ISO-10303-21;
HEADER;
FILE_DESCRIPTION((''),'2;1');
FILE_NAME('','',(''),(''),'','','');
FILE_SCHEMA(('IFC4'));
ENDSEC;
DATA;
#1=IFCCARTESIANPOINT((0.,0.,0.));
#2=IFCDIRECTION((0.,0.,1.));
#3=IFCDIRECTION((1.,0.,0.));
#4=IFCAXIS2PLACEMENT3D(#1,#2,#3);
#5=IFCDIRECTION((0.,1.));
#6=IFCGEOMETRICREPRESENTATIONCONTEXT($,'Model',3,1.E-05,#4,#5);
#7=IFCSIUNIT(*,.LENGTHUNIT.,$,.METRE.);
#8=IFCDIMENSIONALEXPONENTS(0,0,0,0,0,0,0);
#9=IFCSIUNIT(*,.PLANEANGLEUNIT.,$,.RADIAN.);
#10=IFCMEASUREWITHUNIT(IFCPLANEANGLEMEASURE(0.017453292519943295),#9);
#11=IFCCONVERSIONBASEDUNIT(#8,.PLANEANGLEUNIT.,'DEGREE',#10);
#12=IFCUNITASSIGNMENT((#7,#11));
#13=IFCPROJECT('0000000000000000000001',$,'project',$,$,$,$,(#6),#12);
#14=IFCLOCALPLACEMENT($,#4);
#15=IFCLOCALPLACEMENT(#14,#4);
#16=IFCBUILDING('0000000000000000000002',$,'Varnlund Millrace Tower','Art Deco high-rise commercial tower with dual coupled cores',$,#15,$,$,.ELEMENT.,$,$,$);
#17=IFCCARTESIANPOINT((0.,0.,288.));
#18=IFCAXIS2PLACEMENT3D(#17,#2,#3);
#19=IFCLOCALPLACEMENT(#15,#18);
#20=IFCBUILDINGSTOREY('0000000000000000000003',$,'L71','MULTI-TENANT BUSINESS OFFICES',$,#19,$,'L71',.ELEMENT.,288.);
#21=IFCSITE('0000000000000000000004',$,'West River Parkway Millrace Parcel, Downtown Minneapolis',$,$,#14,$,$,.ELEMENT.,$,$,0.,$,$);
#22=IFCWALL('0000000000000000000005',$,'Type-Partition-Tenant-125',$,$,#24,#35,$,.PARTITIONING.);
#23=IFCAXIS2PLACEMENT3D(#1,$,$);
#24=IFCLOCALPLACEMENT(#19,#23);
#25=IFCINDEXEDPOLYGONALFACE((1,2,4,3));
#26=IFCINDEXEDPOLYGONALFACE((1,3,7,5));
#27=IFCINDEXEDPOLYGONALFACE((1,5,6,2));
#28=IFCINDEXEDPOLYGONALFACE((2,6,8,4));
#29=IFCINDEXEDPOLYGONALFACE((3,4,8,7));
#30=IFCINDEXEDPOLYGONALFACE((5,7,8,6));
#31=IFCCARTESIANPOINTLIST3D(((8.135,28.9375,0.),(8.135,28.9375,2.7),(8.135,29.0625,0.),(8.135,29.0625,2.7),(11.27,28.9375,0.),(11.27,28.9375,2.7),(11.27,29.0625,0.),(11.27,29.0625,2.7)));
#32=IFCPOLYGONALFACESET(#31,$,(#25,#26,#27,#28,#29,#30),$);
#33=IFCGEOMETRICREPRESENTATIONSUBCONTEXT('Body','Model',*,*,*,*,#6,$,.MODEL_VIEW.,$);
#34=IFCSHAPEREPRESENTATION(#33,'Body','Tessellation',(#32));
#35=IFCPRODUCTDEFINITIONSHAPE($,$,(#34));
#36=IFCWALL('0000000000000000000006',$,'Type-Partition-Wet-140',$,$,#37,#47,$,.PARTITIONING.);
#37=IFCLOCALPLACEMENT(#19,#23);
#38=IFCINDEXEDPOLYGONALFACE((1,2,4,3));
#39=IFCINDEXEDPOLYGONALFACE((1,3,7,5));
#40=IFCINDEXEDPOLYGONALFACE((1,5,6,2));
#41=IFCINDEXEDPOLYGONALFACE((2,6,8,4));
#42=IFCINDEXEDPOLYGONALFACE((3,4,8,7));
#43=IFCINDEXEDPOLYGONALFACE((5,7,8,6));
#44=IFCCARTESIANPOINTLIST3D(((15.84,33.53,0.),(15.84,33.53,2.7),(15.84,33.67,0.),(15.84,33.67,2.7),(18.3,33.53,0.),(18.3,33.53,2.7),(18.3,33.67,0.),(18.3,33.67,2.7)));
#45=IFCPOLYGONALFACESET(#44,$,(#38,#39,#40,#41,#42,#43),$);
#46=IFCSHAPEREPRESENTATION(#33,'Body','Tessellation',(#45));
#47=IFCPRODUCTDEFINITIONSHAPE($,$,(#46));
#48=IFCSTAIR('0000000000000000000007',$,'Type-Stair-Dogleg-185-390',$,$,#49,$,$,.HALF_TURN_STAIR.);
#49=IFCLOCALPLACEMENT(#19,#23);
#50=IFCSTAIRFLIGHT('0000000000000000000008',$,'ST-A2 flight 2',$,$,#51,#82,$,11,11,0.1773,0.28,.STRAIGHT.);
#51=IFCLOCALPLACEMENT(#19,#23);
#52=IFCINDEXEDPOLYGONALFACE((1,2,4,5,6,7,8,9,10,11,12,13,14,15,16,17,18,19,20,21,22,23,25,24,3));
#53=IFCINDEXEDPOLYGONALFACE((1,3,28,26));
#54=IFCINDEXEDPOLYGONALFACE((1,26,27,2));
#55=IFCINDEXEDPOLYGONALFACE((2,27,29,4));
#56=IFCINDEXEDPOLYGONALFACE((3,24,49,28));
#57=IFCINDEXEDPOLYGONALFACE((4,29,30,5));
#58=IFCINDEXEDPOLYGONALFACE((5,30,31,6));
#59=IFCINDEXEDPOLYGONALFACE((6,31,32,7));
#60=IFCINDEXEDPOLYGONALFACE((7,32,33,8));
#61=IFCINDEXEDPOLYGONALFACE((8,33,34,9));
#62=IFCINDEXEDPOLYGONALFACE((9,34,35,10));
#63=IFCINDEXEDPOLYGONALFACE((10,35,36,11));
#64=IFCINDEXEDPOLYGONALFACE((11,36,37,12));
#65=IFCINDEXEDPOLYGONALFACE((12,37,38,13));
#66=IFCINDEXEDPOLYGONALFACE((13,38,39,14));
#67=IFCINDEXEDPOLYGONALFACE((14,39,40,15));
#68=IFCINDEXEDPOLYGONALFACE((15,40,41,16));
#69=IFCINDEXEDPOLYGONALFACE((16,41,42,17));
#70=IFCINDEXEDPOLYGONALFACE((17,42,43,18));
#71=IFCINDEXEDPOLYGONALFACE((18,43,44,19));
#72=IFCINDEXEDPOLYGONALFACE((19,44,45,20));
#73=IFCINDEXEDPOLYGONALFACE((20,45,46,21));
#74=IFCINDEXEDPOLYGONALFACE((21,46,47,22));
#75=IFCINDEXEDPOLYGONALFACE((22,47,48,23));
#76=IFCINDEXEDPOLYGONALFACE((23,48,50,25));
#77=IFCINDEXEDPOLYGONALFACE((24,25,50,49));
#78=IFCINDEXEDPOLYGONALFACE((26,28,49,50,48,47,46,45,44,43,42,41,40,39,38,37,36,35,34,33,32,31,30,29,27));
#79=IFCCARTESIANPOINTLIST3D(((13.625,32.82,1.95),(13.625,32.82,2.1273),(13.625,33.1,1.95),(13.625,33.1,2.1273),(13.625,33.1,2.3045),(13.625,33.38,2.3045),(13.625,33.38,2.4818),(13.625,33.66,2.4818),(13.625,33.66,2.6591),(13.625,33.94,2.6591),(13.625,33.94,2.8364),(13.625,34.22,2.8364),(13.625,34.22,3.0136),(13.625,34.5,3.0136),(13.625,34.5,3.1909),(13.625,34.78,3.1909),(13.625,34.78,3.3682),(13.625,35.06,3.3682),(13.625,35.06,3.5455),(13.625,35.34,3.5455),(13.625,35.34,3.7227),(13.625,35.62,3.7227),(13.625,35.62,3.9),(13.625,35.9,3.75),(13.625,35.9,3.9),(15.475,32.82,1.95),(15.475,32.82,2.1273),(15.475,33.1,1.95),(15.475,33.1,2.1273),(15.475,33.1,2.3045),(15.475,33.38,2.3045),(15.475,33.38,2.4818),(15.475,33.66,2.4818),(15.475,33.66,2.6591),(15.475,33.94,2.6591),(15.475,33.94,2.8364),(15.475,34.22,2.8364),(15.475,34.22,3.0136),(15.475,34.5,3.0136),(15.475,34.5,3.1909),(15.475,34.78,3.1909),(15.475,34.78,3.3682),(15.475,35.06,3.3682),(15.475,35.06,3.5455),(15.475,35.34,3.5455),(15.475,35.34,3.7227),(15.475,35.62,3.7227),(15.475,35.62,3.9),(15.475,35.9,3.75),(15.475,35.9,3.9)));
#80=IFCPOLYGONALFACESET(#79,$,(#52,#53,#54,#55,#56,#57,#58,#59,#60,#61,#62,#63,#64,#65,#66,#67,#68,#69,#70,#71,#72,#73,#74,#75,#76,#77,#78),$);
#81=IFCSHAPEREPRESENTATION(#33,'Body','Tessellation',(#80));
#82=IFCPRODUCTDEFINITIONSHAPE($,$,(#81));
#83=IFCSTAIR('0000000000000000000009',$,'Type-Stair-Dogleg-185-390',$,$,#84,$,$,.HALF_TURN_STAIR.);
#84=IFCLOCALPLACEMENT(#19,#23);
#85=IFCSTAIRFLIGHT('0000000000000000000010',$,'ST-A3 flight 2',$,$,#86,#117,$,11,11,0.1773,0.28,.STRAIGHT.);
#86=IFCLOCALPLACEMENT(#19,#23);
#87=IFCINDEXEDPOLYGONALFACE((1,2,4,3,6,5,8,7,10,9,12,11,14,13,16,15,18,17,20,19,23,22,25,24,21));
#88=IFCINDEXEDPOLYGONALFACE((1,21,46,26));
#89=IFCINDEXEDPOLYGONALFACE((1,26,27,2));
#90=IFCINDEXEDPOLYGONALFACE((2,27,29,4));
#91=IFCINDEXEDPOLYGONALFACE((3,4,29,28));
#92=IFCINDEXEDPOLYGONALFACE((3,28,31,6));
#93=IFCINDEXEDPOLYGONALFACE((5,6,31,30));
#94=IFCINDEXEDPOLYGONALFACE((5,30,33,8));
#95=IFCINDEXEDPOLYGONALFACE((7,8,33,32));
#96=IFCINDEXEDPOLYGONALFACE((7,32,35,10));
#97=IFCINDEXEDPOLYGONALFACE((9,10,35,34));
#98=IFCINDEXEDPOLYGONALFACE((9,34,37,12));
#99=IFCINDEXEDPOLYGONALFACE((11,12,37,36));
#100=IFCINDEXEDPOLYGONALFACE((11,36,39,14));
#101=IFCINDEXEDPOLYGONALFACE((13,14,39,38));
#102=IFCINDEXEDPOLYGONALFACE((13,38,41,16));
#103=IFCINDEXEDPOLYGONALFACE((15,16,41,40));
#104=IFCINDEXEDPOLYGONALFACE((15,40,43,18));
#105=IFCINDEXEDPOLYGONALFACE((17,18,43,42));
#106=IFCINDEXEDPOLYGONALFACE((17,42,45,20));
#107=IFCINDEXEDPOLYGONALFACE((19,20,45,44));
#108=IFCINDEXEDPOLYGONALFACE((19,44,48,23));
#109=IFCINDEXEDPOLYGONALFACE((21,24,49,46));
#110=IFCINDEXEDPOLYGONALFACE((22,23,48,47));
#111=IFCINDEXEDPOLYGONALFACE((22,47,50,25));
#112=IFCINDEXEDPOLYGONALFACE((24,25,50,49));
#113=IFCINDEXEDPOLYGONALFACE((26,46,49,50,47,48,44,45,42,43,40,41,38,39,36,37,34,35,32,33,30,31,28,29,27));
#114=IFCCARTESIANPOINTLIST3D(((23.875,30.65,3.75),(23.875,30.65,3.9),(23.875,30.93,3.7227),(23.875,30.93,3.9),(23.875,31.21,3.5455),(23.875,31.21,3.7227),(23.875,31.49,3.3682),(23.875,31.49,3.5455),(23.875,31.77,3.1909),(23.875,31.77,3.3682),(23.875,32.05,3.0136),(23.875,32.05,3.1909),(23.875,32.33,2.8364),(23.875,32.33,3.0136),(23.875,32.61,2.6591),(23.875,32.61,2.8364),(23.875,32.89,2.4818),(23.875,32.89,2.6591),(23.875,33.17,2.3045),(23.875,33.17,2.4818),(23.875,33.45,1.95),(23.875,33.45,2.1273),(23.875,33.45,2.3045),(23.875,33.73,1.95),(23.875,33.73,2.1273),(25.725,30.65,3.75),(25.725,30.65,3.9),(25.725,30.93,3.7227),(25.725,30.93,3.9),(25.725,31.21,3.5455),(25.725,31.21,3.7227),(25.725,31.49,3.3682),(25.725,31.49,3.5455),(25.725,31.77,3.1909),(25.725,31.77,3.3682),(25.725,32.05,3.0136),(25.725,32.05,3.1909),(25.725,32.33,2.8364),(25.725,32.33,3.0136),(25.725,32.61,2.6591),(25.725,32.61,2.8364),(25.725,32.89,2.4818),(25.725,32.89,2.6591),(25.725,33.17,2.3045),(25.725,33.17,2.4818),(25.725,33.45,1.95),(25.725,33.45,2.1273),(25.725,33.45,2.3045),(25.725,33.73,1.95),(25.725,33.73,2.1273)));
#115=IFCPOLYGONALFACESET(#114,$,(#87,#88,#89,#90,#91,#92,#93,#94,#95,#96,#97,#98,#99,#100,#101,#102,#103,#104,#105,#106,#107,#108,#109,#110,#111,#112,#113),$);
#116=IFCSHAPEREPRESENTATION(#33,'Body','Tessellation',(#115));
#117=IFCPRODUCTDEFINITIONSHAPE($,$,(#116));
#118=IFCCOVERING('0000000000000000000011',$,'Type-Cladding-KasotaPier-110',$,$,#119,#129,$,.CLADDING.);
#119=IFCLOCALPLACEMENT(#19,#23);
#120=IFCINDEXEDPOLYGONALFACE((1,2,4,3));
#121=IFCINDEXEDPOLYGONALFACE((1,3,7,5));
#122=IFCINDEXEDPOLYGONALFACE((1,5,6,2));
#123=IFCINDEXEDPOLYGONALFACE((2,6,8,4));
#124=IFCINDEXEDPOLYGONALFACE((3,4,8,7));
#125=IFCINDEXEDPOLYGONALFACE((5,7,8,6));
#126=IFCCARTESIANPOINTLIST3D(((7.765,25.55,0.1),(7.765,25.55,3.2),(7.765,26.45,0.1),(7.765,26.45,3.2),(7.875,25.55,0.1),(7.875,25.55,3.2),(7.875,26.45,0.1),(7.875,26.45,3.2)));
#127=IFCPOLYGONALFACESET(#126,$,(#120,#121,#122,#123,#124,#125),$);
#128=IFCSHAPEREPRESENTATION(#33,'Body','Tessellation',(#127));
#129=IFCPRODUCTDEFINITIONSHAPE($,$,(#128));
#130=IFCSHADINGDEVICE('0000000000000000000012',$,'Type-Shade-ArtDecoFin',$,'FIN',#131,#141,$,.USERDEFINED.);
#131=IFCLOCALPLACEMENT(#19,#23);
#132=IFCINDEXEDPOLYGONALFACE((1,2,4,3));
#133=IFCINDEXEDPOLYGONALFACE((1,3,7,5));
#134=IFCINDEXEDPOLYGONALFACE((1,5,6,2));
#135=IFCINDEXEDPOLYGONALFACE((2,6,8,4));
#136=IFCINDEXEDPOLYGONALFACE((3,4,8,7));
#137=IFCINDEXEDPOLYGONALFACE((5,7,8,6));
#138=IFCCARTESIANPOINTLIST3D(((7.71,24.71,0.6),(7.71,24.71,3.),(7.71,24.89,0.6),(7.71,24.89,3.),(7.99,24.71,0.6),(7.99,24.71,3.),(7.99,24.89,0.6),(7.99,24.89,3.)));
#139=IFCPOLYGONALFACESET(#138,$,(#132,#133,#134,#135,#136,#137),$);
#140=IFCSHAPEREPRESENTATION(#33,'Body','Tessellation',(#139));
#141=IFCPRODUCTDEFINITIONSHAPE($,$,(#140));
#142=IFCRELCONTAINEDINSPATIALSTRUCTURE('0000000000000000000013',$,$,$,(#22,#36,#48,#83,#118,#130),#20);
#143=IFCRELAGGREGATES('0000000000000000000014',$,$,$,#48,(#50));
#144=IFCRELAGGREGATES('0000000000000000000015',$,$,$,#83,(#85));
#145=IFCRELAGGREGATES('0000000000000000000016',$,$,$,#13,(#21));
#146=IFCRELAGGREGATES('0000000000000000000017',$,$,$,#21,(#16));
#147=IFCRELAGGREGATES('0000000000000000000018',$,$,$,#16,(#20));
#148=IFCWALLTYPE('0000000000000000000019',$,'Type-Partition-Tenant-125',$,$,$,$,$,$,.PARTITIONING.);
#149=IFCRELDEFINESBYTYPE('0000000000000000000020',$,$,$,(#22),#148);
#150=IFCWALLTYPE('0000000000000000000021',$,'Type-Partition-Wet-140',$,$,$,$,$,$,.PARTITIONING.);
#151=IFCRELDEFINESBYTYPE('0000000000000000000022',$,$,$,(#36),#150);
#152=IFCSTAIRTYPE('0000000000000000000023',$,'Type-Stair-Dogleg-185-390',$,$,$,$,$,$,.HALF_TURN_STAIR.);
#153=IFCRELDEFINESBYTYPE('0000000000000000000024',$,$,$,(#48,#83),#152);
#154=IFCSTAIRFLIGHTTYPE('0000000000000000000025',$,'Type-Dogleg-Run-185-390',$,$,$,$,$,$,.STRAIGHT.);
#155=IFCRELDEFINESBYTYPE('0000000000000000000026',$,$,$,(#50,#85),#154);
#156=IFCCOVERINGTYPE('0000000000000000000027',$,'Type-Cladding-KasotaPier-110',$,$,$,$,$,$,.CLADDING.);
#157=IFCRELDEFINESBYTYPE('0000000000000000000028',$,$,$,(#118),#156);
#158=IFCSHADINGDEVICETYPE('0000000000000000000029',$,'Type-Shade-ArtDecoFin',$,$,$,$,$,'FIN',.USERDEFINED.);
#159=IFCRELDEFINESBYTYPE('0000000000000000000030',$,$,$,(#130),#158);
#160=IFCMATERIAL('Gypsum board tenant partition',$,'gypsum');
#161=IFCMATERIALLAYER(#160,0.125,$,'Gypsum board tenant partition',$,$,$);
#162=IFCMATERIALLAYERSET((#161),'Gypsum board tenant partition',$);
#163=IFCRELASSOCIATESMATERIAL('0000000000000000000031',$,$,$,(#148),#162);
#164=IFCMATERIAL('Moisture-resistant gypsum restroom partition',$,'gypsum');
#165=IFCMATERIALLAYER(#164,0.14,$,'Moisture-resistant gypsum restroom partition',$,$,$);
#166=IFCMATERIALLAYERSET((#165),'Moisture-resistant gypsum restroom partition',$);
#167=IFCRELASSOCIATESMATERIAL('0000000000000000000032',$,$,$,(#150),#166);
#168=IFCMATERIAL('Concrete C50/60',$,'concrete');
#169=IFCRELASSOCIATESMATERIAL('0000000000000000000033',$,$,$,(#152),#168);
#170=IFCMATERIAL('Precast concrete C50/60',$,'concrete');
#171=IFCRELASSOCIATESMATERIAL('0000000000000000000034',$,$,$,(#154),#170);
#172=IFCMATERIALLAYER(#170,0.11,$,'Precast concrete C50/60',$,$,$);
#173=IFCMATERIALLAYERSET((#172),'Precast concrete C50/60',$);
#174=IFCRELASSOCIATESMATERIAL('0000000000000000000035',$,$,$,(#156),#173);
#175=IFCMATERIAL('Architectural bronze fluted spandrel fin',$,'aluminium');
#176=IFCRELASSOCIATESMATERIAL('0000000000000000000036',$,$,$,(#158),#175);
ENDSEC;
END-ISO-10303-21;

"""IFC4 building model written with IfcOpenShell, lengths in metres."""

from ifc_helpers import new_model, entity, si_unit, converted_unit, direction, frame, origin_with_axes, origin_2d_with_axis, place, context, subcontext, project, spatial, polyline, rectangle, outline, extrude, material, layer, layer_set, type_object, element, aggregate, save


model = new_model("IFC4")

# Units and contexts
model_context = context("Model", 3, precision=1e-05, world=origin_with_axes(), true_north=direction((0.0, 1.0)))
body_context = subcontext(model_context, "Body", "Model", "MODEL_VIEW")
ifc_project = project(units=[si_unit("LENGTHUNIT", "METRE"), converted_unit("PLANEANGLEUNIT", "DEGREE", entity("IfcPlaneAngleMeasure", 0.017453292519943295), si_unit("PLANEANGLEUNIT", "RADIAN"), dimensions=[0, 0, 0, 0, 0, 0, 0])], contexts=[model_context])

# Site, building, storey
site_placement = place(None, origin_with_axes())
site = spatial("IfcSite", under=ifc_project, at=site_placement, Name="West River Parkway Millrace Parcel, Downtown Minneapolis", CompositionType="ELEMENT", RefElevation=0.0)
building_placement = place(site_placement, origin_with_axes())
building = spatial("IfcBuilding", under=site, at=building_placement, Name="Varnlund Millrace Tower", Description="Art Deco high-rise commercial tower with dual coupled cores", CompositionType="ELEMENT")
storey_placement = place(building_placement, frame((0.0, 0.0, 288.0), z_axis=(0.0, 0.0, 1.0), x_axis=(1.0, 0.0, 0.0)))
storey = spatial("IfcBuildingStorey", under=building, at=storey_placement, Name="L71", Description="MULTI-TENANT BUSINESS OFFICES", LongName="L71", CompositionType="ELEMENT", Elevation=288.0)

# Shared definitions
ifc_material_1 = material(Name="Precast concrete C50/60", Category="concrete")

# Walls
ifc_material_2 = material(Name="Gypsum board tenant partition", Category="gypsum")
ifc_layer_1 = layer(ifc_material_2, 0.125, Name="Gypsum board tenant partition")
ifc_layer_set_1 = layer_set([ifc_layer_1], Name="Gypsum board tenant partition")
wall_type_1 = type_object("IfcWallType", Name="Type-Partition-Tenant-125", PredefinedType="PARTITIONING", material=ifc_layer_set_1)
wall_1_placement = place(storey_placement, frame((8.135, 29.0, 0.0), z_axis=(0.0, 0.0, 1.0), x_axis=(1.0, 0.0, 0.0)))
element("IfcWall", 1, at=wall_1_placement, inside=storey, type_object=wall_type_1, Name="Type-Partition-Tenant-125", PredefinedType="PARTITIONING", context=body_context, shape_type="SweptSolid", body=[
    extrude(outline(polyline([(0.0, -0.0625), (3.135, -0.0625), (3.135, 0.0625), (0.0, 0.0625), (0.0, -0.0625)])), origin_with_axes(), (0.0, 0.0, 1.0), 2.7),
])
ifc_material_3 = material(Name="Moisture-resistant gypsum restroom partition", Category="gypsum")
ifc_layer_2 = layer(ifc_material_3, 0.14, Name="Moisture-resistant gypsum restroom partition")
ifc_layer_set_2 = layer_set([ifc_layer_2], Name="Moisture-resistant gypsum restroom partition")
wall_type_2 = type_object("IfcWallType", Name="Type-Partition-Wet-140", PredefinedType="PARTITIONING", material=ifc_layer_set_2)
wall_2_placement = place(storey_placement, frame((15.84, 33.6, 0.0), z_axis=(0.0, 0.0, 1.0), x_axis=(1.0, 0.0, 0.0)))
element("IfcWall", 2, at=wall_2_placement, inside=storey, type_object=wall_type_2, Name="Type-Partition-Wet-140", PredefinedType="PARTITIONING", context=body_context, shape_type="SweptSolid", body=[
    extrude(outline(polyline([(0.0, -0.07), (2.46, -0.07), (2.46, 0.07), (0.0, 0.07), (0.0, -0.07)])), origin_with_axes(), (0.0, 0.0, 1.0), 2.7),
])

# Stairs, stair flights
ifc_material_4 = material(Name="Concrete C50/60", Category="concrete")
stair_type = type_object("IfcStairType", Name="Type-Stair-Dogleg-185-390", PredefinedType="HALF_TURN_STAIR", material=ifc_material_4)
stair_1_placement = place(storey_placement, origin_with_axes())
stair_1 = element("IfcStair", 3, at=stair_1_placement, inside=storey, type_object=stair_type, Name="Type-Stair-Dogleg-185-390", PredefinedType="HALF_TURN_STAIR")
stair_flight_type = type_object("IfcStairFlightType", Name="Type-Dogleg-Run-185-390", PredefinedType="STRAIGHT", material=ifc_material_1)
stair_flight_1_placement = place(storey_placement, frame((13.625, 32.82, 1.95), z_axis=(1.0, 0.0, 0.0), x_axis=(0.0, 1.0, 0.0)))
stair_flight_1 = element("IfcStairFlight", 4, at=stair_flight_1_placement, type_object=stair_flight_type, Name="ST-A2 flight 2", NumberOfRisers=11, NumberOfTreads=11, PredefinedType="STRAIGHT", RiserHeight=0.1773, TreadLength=0.28, context=body_context, shape_type="SweptSolid", body=[
    extrude(outline(polyline([(0.0, 0.0), (0.0, 0.1773), (0.28, 0.1773), (0.28, 0.3545), (0.56, 0.3545), (0.56, 0.5318), (0.84, 0.5318), (0.84, 0.7091), (1.12, 0.7091), (1.12, 0.8864), (1.4, 0.8864), (1.4, 1.0636), (1.68, 1.0636), (1.68, 1.2409), (1.96, 1.2409), (1.96, 1.4182), (2.24, 1.4182), (2.24, 1.5955), (2.52, 1.5955), (2.52, 1.7727), (2.8, 1.7727), (2.8, 1.95), (3.08, 1.95), (3.08, 1.8), (0.28, 0.0), (0.0, 0.0)])), origin_with_axes(), (0.0, 0.0, 1.0), 1.85),
])
aggregate(stair_1, [stair_flight_1])
stair_2_placement = place(storey_placement, origin_with_axes())
stair_2 = element("IfcStair", 5, at=stair_2_placement, inside=storey, type_object=stair_type, Name="Type-Stair-Dogleg-185-390", PredefinedType="HALF_TURN_STAIR")
stair_flight_2_placement = place(storey_placement, frame((25.725, 33.73, 1.95), z_axis=(-1.0, 0.0, 0.0), x_axis=(0.0, -1.0, 0.0)))
stair_flight_2 = element("IfcStairFlight", 6, at=stair_flight_2_placement, type_object=stair_flight_type, Name="ST-A3 flight 2", NumberOfRisers=11, NumberOfTreads=11, PredefinedType="STRAIGHT", RiserHeight=0.1773, TreadLength=0.28, context=body_context, shape_type="SweptSolid", body=[
    extrude(outline(polyline([(0.0, 0.0), (0.0, 0.1773), (0.28, 0.1773), (0.28, 0.3545), (0.56, 0.3545), (0.56, 0.5318), (0.84, 0.5318), (0.84, 0.7091), (1.12, 0.7091), (1.12, 0.8864), (1.4, 0.8864), (1.4, 1.0636), (1.68, 1.0636), (1.68, 1.2409), (1.96, 1.2409), (1.96, 1.4182), (2.24, 1.4182), (2.24, 1.5955), (2.52, 1.5955), (2.52, 1.7727), (2.8, 1.7727), (2.8, 1.95), (3.08, 1.95), (3.08, 1.8), (0.28, 0.0), (0.0, 0.0)])), origin_with_axes(), (0.0, 0.0, 1.0), 1.85),
])
aggregate(stair_2, [stair_flight_2])

# Covering
ifc_layer_3 = layer(ifc_material_1, 0.11, Name="Precast concrete C50/60")
ifc_layer_set_3 = layer_set([ifc_layer_3], Name="Precast concrete C50/60")
covering_type = type_object("IfcCoveringType", Name="Type-Cladding-KasotaPier-110", PredefinedType="CLADDING", material=ifc_layer_set_3)
covering_placement = place(storey_placement, frame((7.82, 26.0, 0.1), z_axis=(0.0, 0.0, 1.0), x_axis=(1.0, 0.0, 0.0)))
element("IfcCovering", 7, at=covering_placement, inside=storey, type_object=covering_type, Name="Type-Cladding-KasotaPier-110", PredefinedType="CLADDING", context=body_context, shape_type="SweptSolid", body=[
    extrude(rectangle(XDim=0.11, YDim=0.9, at=origin_2d_with_axis()), origin_with_axes(), (0.0, 0.0, 1.0), 3.1),
])

# Shading device
ifc_material_5 = material(Name="Architectural bronze fluted spandrel fin", Category="aluminium")
shading_device_type = type_object("IfcShadingDeviceType", Name="Type-Shade-ArtDecoFin", ElementType="FIN", PredefinedType="USERDEFINED", material=ifc_material_5)
shading_device_placement = place(storey_placement, frame((7.85, 24.8, 0.6), z_axis=(0.0, 0.0, 1.0), x_axis=(1.0, 0.0, 0.0)))
element("IfcShadingDevice", 8, at=shading_device_placement, inside=storey, type_object=shading_device_type, Name="Type-Shade-ArtDecoFin", ObjectType="FIN", PredefinedType="USERDEFINED", context=body_context, shape_type="SweptSolid", body=[
    extrude(rectangle(XDim=0.28, YDim=0.18, at=origin_2d_with_axis()), origin_with_axes(), (0.0, 0.0, 1.0), 2.4),
])

save(model, "model.ifc")
